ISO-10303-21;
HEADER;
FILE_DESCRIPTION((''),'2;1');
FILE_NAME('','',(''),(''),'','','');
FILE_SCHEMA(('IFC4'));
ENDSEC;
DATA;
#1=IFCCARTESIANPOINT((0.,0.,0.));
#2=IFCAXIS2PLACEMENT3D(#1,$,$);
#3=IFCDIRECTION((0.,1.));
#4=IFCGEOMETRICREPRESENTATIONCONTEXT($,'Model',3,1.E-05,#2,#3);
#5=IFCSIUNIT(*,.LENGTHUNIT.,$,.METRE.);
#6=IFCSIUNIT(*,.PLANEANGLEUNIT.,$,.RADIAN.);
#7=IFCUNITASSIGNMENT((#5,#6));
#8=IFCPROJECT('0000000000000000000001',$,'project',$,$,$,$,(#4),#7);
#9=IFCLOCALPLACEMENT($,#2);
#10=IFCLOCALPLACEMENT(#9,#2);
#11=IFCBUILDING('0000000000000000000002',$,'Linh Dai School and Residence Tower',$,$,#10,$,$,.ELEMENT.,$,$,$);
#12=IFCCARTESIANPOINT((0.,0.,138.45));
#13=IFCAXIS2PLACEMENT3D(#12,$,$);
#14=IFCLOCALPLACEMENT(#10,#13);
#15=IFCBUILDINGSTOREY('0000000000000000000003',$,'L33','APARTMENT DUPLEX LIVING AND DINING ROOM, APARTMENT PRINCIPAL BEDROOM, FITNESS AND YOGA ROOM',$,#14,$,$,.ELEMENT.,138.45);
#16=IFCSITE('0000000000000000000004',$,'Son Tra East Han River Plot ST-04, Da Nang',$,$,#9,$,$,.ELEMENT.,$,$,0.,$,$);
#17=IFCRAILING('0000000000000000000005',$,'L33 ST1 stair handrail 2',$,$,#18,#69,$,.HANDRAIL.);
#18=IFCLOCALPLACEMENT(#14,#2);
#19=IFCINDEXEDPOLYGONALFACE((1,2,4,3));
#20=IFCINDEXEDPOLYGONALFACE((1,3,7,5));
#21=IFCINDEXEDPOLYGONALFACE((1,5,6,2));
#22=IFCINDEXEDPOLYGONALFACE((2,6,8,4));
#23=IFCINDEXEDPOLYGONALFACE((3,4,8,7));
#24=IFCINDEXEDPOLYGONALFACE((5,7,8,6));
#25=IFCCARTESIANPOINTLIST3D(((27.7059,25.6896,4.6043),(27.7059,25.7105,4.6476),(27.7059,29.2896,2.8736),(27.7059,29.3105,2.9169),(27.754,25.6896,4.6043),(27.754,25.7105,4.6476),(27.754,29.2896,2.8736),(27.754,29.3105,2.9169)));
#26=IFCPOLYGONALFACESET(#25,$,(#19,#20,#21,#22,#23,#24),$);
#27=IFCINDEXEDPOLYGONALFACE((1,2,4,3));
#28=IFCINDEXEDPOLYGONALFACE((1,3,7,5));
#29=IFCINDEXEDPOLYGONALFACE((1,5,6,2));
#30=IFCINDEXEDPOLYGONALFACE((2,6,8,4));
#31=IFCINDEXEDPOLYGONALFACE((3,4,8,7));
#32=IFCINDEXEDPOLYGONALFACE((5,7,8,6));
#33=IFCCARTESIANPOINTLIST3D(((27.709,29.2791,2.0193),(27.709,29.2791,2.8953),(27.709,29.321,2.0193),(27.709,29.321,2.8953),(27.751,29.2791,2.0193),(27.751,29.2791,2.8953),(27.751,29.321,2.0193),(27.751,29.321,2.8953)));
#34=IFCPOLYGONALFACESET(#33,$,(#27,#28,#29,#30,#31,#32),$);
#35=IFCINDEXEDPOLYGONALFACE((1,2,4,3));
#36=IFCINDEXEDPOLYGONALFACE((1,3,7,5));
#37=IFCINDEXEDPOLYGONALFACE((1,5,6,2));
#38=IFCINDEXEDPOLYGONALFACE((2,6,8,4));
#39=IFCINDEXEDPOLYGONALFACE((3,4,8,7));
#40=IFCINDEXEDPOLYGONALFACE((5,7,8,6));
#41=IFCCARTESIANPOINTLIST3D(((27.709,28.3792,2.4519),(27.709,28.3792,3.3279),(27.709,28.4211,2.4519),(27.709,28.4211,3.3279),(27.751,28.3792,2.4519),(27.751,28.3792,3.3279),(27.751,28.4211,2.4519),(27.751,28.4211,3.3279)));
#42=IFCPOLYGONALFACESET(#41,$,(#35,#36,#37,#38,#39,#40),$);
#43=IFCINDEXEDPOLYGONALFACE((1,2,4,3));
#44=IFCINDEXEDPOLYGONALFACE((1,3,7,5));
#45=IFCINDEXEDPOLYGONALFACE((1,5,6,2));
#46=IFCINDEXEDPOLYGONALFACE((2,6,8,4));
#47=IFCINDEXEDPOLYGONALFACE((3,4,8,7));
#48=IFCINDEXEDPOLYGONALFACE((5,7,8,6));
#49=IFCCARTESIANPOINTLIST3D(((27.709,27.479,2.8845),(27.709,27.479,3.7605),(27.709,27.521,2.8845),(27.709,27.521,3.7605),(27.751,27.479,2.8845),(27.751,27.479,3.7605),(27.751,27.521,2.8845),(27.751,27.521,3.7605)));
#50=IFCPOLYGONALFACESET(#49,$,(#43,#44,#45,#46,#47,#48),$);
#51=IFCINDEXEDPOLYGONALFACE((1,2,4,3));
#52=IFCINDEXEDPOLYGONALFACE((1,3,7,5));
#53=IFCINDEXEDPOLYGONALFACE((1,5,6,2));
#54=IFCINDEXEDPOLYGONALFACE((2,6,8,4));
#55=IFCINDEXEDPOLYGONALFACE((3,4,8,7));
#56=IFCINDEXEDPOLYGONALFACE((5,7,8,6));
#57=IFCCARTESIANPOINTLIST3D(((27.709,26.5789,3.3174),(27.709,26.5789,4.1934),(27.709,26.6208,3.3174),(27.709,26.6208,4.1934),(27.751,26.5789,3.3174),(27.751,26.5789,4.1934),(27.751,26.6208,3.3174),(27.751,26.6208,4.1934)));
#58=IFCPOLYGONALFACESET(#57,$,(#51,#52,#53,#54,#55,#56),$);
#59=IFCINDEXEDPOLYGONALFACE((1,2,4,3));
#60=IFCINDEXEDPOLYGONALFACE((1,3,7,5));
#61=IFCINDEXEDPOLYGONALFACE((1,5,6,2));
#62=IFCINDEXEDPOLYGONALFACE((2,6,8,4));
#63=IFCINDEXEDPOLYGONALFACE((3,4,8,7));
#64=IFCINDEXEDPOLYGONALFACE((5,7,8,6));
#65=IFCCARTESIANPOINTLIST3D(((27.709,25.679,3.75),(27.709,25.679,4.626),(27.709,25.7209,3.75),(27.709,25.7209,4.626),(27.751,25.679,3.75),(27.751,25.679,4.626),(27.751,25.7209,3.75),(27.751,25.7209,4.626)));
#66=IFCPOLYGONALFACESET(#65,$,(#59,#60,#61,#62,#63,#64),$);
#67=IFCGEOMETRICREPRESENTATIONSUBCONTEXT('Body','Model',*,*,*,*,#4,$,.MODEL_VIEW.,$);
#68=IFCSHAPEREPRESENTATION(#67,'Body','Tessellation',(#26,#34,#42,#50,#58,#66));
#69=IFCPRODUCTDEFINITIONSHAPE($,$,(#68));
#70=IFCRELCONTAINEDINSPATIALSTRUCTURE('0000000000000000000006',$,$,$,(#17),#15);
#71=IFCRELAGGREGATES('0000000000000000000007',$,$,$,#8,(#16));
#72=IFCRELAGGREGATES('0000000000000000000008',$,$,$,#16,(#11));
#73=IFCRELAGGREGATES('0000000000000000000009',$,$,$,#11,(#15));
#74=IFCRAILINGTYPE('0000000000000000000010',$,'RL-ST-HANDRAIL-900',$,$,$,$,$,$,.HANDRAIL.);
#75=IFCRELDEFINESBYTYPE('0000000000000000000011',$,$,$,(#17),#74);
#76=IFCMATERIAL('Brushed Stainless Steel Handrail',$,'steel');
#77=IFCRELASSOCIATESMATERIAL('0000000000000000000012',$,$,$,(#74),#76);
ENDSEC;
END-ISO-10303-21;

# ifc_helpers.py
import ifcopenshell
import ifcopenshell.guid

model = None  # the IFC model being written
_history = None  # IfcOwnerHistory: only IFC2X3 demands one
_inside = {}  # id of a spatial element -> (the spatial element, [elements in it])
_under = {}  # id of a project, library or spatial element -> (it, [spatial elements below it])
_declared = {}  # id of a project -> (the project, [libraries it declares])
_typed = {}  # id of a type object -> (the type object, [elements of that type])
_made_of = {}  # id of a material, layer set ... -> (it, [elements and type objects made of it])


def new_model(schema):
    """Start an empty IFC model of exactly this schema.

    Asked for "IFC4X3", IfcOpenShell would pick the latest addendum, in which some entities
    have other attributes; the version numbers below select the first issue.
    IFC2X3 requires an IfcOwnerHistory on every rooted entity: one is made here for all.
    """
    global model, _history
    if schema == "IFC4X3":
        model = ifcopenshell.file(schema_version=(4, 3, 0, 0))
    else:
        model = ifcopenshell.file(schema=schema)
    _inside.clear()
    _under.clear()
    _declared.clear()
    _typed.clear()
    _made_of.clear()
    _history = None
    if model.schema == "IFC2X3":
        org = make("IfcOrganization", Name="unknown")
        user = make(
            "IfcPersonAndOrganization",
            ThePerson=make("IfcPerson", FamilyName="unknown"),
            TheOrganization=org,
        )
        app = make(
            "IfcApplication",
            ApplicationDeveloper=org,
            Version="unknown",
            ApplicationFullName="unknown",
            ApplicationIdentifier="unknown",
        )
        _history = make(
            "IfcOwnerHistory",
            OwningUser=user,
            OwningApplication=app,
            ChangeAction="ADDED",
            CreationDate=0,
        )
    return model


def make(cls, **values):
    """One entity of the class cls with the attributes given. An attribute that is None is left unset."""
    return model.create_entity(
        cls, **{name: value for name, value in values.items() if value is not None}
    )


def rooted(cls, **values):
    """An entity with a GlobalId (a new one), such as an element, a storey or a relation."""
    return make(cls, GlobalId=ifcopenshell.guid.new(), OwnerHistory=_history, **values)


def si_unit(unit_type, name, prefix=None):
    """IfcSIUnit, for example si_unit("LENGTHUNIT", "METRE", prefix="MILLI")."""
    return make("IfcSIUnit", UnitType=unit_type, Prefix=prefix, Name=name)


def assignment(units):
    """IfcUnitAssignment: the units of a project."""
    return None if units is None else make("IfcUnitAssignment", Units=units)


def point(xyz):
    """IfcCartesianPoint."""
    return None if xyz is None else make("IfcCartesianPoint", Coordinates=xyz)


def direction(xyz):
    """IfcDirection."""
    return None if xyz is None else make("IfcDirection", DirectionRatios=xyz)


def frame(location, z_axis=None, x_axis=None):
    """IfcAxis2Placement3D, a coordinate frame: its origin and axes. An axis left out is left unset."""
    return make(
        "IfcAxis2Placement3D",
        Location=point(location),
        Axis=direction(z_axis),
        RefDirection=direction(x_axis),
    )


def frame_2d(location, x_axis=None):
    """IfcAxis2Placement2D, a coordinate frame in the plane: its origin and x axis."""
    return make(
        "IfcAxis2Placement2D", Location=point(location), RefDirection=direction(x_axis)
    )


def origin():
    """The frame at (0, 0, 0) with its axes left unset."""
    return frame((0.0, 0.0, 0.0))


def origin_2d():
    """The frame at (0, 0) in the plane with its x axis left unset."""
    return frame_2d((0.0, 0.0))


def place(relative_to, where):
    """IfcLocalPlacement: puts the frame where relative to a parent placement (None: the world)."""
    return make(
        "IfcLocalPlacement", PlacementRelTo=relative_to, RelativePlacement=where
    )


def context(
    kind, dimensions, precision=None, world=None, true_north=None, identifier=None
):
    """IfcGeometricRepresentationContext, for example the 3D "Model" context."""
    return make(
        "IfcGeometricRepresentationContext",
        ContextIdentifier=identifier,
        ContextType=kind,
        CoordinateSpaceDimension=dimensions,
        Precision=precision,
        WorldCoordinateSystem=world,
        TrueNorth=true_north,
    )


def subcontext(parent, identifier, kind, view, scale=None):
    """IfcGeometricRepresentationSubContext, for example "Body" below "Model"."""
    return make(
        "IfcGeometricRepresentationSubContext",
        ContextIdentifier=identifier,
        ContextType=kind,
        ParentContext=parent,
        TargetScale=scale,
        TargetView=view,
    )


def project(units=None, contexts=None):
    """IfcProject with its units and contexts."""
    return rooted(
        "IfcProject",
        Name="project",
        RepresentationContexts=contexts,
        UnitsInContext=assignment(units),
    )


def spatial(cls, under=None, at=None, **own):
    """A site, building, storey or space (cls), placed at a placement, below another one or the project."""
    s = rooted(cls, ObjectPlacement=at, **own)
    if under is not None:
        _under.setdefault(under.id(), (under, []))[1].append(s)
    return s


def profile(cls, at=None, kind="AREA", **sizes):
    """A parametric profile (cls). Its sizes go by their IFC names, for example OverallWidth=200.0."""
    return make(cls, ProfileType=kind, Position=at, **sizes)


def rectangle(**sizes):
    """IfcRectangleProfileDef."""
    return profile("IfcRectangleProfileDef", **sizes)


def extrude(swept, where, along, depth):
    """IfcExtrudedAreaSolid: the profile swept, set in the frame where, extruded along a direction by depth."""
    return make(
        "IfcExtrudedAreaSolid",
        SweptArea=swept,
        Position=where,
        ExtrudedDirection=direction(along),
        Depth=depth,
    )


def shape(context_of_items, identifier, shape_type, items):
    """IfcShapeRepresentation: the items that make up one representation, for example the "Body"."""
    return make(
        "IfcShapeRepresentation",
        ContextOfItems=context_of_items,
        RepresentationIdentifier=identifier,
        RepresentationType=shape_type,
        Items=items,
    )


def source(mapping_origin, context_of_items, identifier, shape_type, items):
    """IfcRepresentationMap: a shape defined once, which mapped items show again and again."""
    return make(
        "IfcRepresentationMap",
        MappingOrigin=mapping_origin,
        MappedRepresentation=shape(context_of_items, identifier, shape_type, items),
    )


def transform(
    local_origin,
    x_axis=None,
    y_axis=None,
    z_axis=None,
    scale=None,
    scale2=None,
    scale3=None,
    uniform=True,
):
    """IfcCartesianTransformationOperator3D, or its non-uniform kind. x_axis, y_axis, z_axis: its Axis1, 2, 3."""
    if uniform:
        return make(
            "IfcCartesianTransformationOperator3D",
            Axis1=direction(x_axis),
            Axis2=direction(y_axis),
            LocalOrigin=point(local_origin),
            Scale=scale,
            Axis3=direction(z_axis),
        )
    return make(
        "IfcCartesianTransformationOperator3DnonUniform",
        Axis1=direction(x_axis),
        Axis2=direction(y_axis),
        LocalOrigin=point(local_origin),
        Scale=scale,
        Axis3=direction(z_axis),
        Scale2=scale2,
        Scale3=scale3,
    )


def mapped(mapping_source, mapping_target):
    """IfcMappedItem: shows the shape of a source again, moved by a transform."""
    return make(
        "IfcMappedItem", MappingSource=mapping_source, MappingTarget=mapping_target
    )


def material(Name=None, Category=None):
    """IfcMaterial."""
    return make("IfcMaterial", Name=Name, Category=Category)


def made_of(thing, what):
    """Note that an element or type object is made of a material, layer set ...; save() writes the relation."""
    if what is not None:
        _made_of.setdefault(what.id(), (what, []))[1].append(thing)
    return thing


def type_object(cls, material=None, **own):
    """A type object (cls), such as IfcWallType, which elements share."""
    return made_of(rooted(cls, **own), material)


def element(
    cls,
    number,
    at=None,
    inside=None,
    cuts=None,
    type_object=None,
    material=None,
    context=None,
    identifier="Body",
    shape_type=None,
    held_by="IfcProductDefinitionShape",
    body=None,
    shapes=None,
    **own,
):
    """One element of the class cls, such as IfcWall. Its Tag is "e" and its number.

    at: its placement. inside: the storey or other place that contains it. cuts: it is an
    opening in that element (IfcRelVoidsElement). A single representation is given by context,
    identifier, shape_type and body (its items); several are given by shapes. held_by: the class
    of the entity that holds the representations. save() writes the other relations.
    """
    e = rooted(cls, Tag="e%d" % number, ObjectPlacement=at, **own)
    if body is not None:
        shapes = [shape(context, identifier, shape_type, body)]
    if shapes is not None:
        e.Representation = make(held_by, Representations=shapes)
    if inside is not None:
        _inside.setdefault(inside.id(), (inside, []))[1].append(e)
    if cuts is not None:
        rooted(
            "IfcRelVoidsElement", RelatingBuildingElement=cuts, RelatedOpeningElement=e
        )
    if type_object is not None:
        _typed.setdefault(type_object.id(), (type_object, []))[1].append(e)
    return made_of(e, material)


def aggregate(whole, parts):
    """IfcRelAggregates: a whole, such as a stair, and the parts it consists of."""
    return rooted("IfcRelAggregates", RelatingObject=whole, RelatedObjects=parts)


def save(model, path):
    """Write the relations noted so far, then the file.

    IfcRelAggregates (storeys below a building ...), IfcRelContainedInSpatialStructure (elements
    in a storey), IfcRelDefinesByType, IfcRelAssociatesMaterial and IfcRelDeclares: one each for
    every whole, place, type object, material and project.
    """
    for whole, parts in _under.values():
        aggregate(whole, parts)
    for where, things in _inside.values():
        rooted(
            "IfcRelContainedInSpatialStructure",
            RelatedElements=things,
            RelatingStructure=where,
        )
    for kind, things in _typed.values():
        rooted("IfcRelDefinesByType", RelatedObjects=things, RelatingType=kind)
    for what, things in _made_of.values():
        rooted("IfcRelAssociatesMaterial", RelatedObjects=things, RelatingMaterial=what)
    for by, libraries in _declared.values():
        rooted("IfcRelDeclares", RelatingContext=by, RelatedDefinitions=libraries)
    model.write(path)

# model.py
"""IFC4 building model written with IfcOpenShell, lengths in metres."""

from ifc_helpers import new_model, si_unit, direction, frame, origin, origin_2d, place, context, subcontext, project, spatial, rectangle, extrude, source, transform, mapped, material, type_object, element, save


model = new_model("IFC4")

# Units and contexts
model_context = context("Model", 3, precision=1e-05, world=origin(), true_north=direction((0.0, 1.0)))
body_context = subcontext(model_context, "Body", "Model", "MODEL_VIEW")
ifc_project = project(units=[si_unit("LENGTHUNIT", "METRE"), si_unit("PLANEANGLEUNIT", "RADIAN")], contexts=[model_context])

# Site, building, storey
site_placement = place(None, origin())
site = spatial("IfcSite", under=ifc_project, at=site_placement, Name="Son Tra East Han River Plot ST-04, Da Nang", CompositionType="ELEMENT", RefElevation=0.0)
building_placement = place(site_placement, origin())
building = spatial("IfcBuilding", under=site, at=building_placement, Name="Linh Dai School and Residence Tower", CompositionType="ELEMENT")
storey_placement = place(building_placement, frame((0.0, 0.0, 138.45)))
storey = spatial("IfcBuildingStorey", under=building, at=storey_placement, Name="L33", Description="APARTMENT DUPLEX LIVING AND DINING ROOM, APARTMENT PRINCIPAL BEDROOM, FITNESS AND YOGA ROOM", CompositionType="ELEMENT", Elevation=138.45)

# Railing
ifc_material_1 = material(Name="Brushed Stainless Steel Handrail", Category="steel")
railing_type_1 = type_object("IfcRailingType", Name="RL-ST-HANDRAIL-900", PredefinedType="HANDRAIL", material=ifc_material_1)
shared_shape_1 = source(origin(), body_context, "Body", "SweptSolid", [
    extrude(rectangle(XDim=0.0481, YDim=0.0481, at=origin_2d()), frame((0.0, 0.0, 0.876), z_axis=(0.0, -0.901263, 0.433273), x_axis=(1.0, 0.0, 0.0)), (0.0, 0.0, 1.0), 3.9944),
    extrude(rectangle(XDim=0.042, YDim=0.042, at=origin_2d()), origin(), (0.0, 0.0, 1.0), 0.876),
    extrude(rectangle(XDim=0.042, YDim=0.042, at=origin_2d()), frame((0.0, -0.8999, 0.4326)), (0.0, 0.0, 1.0), 0.876),
    extrude(rectangle(XDim=0.042, YDim=0.042, at=origin_2d()), frame((0.0, -1.8, 0.8652)), (0.0, 0.0, 1.0), 0.876),
    extrude(rectangle(XDim=0.042, YDim=0.042, at=origin_2d()), frame((0.0, -2.7002, 1.2981)), (0.0, 0.0, 1.0), 0.876),
    extrude(rectangle(XDim=0.042, YDim=0.042, at=origin_2d()), frame((0.0, -3.6001, 1.7307)), (0.0, 0.0, 1.0), 0.876),
])
railing_1_placement = place(storey_placement, frame((27.73, 29.3, 2.0193)))
element("IfcRailing", 1, at=railing_1_placement, inside=storey, type_object=railing_type_1, Name="L33 ST1 stair handrail 2", PredefinedType="HANDRAIL", context=body_context, shape_type="MappedRepresentation", body=[
    mapped(shared_shape_1, transform((0.0, 0.0, 0.0), x_axis=(1.0, 0.0, 0.0), y_axis=(0.0, 1.0, 0.0), z_axis=(0.0, 0.0, 1.0), scale=1.0)),
])

save(model, "model.ifc")
